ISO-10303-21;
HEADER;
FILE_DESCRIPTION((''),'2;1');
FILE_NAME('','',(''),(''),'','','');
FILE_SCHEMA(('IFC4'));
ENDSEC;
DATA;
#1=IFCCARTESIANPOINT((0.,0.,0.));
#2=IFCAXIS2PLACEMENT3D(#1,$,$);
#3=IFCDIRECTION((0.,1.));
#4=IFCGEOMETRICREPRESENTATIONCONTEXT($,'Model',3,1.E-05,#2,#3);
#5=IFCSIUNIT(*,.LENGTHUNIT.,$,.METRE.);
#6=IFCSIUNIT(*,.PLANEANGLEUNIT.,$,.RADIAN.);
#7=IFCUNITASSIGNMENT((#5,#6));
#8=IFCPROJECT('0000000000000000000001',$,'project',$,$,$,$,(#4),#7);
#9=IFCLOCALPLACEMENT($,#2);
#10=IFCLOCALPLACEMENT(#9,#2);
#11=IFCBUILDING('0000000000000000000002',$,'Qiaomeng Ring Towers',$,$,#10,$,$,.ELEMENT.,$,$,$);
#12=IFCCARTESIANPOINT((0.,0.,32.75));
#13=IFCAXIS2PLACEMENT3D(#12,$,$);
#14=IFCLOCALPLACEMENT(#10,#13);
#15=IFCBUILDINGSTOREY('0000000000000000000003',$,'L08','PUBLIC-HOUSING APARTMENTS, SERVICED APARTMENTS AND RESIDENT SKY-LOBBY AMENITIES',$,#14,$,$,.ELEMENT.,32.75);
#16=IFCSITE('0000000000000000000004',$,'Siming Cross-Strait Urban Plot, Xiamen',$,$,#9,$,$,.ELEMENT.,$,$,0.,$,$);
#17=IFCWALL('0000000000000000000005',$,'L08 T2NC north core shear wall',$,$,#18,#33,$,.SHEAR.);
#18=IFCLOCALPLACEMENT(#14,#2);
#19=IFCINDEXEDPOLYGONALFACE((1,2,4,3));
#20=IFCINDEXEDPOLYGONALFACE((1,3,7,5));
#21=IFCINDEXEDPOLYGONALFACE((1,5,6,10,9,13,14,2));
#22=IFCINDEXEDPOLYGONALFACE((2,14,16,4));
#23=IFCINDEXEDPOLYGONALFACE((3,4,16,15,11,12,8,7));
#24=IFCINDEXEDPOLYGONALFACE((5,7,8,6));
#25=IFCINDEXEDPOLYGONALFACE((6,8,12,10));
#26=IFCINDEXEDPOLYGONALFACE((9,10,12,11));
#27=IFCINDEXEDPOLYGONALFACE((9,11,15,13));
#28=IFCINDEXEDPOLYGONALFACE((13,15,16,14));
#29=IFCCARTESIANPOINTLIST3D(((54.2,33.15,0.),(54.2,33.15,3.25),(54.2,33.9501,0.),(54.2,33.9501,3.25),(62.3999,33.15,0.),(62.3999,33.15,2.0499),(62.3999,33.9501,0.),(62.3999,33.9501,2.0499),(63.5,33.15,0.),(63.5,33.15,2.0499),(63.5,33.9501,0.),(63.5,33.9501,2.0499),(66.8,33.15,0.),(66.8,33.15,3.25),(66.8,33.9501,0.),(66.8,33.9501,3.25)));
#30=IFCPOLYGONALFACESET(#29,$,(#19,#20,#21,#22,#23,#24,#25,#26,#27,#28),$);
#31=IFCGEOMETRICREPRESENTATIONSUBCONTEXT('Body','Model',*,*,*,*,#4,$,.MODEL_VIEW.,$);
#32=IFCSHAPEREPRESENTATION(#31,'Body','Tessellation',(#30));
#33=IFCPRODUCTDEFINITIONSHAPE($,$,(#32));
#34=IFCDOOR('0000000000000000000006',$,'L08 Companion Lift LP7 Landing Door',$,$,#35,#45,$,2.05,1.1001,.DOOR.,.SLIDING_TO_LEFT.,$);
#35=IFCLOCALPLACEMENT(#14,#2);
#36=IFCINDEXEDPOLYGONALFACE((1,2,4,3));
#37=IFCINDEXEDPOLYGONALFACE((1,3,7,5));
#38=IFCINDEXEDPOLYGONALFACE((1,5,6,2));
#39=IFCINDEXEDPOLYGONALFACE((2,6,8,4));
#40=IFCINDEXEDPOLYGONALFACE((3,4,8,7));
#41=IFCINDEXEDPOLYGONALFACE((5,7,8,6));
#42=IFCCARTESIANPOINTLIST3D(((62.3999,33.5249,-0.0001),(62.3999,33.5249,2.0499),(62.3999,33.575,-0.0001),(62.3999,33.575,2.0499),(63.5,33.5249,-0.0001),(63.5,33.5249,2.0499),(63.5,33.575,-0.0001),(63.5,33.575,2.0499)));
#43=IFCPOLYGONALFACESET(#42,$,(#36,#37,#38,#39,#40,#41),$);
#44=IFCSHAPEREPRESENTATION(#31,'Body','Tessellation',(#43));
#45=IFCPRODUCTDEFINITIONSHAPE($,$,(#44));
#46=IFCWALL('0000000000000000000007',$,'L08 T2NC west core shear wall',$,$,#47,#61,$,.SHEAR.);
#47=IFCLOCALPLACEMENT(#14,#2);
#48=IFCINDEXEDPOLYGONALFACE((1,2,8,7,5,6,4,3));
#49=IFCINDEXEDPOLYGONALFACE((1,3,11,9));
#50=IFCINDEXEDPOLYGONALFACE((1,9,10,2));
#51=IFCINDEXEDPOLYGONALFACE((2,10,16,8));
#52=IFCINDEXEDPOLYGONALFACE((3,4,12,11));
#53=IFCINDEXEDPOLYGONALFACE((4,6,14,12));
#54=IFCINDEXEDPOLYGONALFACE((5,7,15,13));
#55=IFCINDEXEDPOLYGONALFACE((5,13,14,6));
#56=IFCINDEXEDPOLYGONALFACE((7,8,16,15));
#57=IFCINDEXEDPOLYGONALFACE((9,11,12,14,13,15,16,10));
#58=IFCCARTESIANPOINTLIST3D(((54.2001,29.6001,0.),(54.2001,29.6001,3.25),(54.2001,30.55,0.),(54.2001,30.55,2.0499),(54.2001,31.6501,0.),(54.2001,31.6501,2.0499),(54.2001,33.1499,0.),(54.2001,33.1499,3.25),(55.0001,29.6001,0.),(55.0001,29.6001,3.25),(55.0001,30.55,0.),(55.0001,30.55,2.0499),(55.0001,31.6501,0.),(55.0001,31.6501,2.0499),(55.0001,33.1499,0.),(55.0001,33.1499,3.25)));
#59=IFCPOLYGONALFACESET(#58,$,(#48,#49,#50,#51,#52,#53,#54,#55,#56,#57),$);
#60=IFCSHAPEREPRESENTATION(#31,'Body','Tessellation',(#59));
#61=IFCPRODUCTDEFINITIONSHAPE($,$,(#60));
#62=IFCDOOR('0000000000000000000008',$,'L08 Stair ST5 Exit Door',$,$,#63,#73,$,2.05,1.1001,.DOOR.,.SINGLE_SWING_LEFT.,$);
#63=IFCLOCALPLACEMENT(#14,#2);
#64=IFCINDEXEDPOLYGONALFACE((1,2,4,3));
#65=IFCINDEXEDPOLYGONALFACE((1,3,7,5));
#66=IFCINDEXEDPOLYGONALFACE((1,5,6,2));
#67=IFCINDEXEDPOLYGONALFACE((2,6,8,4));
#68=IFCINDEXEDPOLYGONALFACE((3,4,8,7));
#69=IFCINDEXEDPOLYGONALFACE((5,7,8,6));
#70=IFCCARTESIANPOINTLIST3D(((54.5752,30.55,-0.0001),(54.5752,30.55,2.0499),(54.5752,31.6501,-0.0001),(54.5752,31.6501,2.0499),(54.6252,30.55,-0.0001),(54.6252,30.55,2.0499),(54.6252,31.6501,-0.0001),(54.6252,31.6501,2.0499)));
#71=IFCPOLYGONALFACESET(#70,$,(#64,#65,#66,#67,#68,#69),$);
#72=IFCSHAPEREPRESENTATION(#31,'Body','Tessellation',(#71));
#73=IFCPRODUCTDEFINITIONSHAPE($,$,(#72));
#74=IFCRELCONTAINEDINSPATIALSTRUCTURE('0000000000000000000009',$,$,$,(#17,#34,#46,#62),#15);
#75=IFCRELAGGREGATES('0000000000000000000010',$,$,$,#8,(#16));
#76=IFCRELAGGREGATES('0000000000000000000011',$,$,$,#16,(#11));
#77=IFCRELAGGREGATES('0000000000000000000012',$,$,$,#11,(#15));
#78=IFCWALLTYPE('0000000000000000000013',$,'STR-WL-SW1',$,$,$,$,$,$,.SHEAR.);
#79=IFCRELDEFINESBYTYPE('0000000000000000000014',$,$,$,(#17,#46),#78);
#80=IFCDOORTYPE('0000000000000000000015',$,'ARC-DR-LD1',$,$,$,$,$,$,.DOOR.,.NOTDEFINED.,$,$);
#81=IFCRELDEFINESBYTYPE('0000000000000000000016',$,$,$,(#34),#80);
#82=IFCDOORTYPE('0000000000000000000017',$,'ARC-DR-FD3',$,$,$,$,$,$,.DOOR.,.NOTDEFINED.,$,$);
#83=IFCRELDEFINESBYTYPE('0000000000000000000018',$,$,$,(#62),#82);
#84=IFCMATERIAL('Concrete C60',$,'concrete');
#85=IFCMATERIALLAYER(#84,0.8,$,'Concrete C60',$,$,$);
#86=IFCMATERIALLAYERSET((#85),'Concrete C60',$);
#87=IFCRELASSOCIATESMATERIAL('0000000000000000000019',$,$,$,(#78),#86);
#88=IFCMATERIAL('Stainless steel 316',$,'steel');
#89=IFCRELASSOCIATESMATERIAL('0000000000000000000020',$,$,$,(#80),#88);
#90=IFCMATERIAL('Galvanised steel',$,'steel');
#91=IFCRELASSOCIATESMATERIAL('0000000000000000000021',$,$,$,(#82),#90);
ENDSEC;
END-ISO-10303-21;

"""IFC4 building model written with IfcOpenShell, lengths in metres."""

from ifc_helpers import new_model, si_unit, direction, frame, frame_2d, origin, place, context, subcontext, project, spatial, rectangle, extrude, source, transform, mapped, material, layer, layer_set, type_object, element, fill, save


model = new_model("IFC4")

# Units and contexts
model_context = context("Model", 3, precision=1e-05, world=origin(), true_north=direction((0.0, 1.0)))
body_context = subcontext(model_context, "Body", "Model", "MODEL_VIEW")
ifc_project = project(units=[si_unit("LENGTHUNIT", "METRE"), si_unit("PLANEANGLEUNIT", "RADIAN")], contexts=[model_context])

# Site, building, storey
site_placement = place(None, origin())
site = spatial("IfcSite", under=ifc_project, at=site_placement, Name="Siming Cross-Strait Urban Plot, Xiamen", CompositionType="ELEMENT", RefElevation=0.0)
building_placement = place(site_placement, origin())
building = spatial("IfcBuilding", under=site, at=building_placement, Name="Qiaomeng Ring Towers", CompositionType="ELEMENT")
storey_placement = place(building_placement, frame((0.0, 0.0, 32.75)))
storey = spatial("IfcBuildingStorey", under=building, at=storey_placement, Name="L08", Description="PUBLIC-HOUSING APARTMENTS, SERVICED APARTMENTS AND RESIDENT SKY-LOBBY AMENITIES", CompositionType="ELEMENT", Elevation=32.75)

# Shared definitions
ifc_material_1 = material(Name="Concrete C60", Category="concrete")

# Shared definitions
ifc_layer_1 = layer(ifc_material_1, 0.8, Name="Concrete C60")
ifc_layer_set_1 = layer_set([ifc_layer_1], Name="Concrete C60")
wall_type_1 = type_object("IfcWallType", Name="STR-WL-SW1", PredefinedType="SHEAR", material=ifc_layer_set_1)

# Walls, openings, doors
wall_1_placement = place(storey_placement, frame((54.2, 33.55, 0.0), z_axis=(0.0, 0.0, 1.0), x_axis=(1.0, 0.0, 0.0)))
wall_1 = element("IfcWall", 1, at=wall_1_placement, inside=storey, type_object=wall_type_1, Name="L08 T2NC north core shear wall", PredefinedType="SHEAR", context=body_context, shape_type="SweptSolid", body=[
    extrude(rectangle(XDim=12.6001, YDim=0.8, at=frame_2d((6.3, 0.0))), origin(), (0.0, 0.0, 1.0), 3.25),
])
opening_1_placement = place(wall_1_placement, frame((8.2, 0.0, 0.0)))
opening_1 = element("IfcOpeningElement", 2, at=opening_1_placement, cuts=wall_1, PredefinedType="OPENING", context=body_context, shape_type="SweptSolid", body=[
    extrude(rectangle(XDim=1.1001, YDim=2.05, at=frame_2d((0.55, 1.0249))), frame((0.0, 0.4099, 0.0), z_axis=(0.0, -1.0, 0.0), x_axis=(1.0, 0.0, 0.0)), (0.0, 0.0, 1.0), 0.8201),
])
ifc_material_2 = material(Name="Stainless steel 316", Category="steel")
door_type_1 = type_object("IfcDoorType", Name="ARC-DR-LD1", OperationType="NOTDEFINED", PredefinedType="DOOR", material=ifc_material_2)
shared_shape_1 = source(origin(), body_context, "Body", "SweptSolid", [
    extrude(rectangle(XDim=1.1001, YDim=2.05, at=frame_2d((0.55, 1.0249))), frame((0.0, 0.0249, 0.0), z_axis=(0.0, -1.0, 0.0), x_axis=(1.0, 0.0, 0.0)), (0.0, 0.0, 1.0), 0.05),
])
door_1_placement = place(opening_1_placement, origin())
door_1 = element("IfcDoor", 3, at=door_1_placement, inside=storey, type_object=door_type_1, Name="L08 Companion Lift LP7 Landing Door", OperationType="SLIDING_TO_LEFT", OverallHeight=2.05, OverallWidth=1.1001, PredefinedType="DOOR", context=body_context, shape_type="MappedRepresentation", body=[
    mapped(shared_shape_1, transform((0.0, 0.0, 0.0), x_axis=(1.0, 0.0, 0.0), y_axis=(0.0, 1.0, 0.0), z_axis=(0.0, 0.0, 1.0), scale=1.0)),
])
fill(opening_1, door_1)
wall_2_placement = place(storey_placement, frame((54.6001, 29.6001, 0.0), z_axis=(0.0, 0.0, 1.0), x_axis=(0.0, 1.0, 0.0)))
wall_2 = element("IfcWall", 4, at=wall_2_placement, inside=storey, type_object=wall_type_1, Name="L08 T2NC west core shear wall", PredefinedType="SHEAR", context=body_context, shape_type="SweptSolid", body=[
    extrude(rectangle(XDim=3.5498, YDim=0.8, at=frame_2d((1.7749, 0.0))), origin(), (0.0, 0.0, 1.0), 3.25),
])
opening_2_placement = place(wall_2_placement, frame((0.95, 0.0, 0.0)))
opening_2 = element("IfcOpeningElement", 5, at=opening_2_placement, cuts=wall_2, PredefinedType="OPENING", context=body_context, shape_type="SweptSolid", body=[
    extrude(rectangle(XDim=1.1001, YDim=2.05, at=frame_2d((0.55, 1.0249))), frame((0.0, 0.4099, 0.0), z_axis=(0.0, -1.0, 0.0), x_axis=(1.0, 0.0, 0.0)), (0.0, 0.0, 1.0), 0.8201),
])
ifc_material_3 = material(Name="Galvanised steel", Category="steel")
door_type_2 = type_object("IfcDoorType", Name="ARC-DR-FD3", OperationType="NOTDEFINED", PredefinedType="DOOR", material=ifc_material_3)
door_2_placement = place(opening_2_placement, origin())
door_2 = element("IfcDoor", 6, at=door_2_placement, inside=storey, type_object=door_type_2, Name="L08 Stair ST5 Exit Door", OperationType="SINGLE_SWING_LEFT", OverallHeight=2.05, OverallWidth=1.1001, PredefinedType="DOOR", context=body_context, shape_type="MappedRepresentation", body=[
    mapped(shared_shape_1, transform((0.0, 0.0, 0.0), x_axis=(1.0, 0.0, 0.0), y_axis=(0.0, 1.0, 0.0), z_axis=(0.0, 0.0, 1.0), scale=1.0)),
])
fill(opening_2, door_2)

save(model, "model.ifc")
